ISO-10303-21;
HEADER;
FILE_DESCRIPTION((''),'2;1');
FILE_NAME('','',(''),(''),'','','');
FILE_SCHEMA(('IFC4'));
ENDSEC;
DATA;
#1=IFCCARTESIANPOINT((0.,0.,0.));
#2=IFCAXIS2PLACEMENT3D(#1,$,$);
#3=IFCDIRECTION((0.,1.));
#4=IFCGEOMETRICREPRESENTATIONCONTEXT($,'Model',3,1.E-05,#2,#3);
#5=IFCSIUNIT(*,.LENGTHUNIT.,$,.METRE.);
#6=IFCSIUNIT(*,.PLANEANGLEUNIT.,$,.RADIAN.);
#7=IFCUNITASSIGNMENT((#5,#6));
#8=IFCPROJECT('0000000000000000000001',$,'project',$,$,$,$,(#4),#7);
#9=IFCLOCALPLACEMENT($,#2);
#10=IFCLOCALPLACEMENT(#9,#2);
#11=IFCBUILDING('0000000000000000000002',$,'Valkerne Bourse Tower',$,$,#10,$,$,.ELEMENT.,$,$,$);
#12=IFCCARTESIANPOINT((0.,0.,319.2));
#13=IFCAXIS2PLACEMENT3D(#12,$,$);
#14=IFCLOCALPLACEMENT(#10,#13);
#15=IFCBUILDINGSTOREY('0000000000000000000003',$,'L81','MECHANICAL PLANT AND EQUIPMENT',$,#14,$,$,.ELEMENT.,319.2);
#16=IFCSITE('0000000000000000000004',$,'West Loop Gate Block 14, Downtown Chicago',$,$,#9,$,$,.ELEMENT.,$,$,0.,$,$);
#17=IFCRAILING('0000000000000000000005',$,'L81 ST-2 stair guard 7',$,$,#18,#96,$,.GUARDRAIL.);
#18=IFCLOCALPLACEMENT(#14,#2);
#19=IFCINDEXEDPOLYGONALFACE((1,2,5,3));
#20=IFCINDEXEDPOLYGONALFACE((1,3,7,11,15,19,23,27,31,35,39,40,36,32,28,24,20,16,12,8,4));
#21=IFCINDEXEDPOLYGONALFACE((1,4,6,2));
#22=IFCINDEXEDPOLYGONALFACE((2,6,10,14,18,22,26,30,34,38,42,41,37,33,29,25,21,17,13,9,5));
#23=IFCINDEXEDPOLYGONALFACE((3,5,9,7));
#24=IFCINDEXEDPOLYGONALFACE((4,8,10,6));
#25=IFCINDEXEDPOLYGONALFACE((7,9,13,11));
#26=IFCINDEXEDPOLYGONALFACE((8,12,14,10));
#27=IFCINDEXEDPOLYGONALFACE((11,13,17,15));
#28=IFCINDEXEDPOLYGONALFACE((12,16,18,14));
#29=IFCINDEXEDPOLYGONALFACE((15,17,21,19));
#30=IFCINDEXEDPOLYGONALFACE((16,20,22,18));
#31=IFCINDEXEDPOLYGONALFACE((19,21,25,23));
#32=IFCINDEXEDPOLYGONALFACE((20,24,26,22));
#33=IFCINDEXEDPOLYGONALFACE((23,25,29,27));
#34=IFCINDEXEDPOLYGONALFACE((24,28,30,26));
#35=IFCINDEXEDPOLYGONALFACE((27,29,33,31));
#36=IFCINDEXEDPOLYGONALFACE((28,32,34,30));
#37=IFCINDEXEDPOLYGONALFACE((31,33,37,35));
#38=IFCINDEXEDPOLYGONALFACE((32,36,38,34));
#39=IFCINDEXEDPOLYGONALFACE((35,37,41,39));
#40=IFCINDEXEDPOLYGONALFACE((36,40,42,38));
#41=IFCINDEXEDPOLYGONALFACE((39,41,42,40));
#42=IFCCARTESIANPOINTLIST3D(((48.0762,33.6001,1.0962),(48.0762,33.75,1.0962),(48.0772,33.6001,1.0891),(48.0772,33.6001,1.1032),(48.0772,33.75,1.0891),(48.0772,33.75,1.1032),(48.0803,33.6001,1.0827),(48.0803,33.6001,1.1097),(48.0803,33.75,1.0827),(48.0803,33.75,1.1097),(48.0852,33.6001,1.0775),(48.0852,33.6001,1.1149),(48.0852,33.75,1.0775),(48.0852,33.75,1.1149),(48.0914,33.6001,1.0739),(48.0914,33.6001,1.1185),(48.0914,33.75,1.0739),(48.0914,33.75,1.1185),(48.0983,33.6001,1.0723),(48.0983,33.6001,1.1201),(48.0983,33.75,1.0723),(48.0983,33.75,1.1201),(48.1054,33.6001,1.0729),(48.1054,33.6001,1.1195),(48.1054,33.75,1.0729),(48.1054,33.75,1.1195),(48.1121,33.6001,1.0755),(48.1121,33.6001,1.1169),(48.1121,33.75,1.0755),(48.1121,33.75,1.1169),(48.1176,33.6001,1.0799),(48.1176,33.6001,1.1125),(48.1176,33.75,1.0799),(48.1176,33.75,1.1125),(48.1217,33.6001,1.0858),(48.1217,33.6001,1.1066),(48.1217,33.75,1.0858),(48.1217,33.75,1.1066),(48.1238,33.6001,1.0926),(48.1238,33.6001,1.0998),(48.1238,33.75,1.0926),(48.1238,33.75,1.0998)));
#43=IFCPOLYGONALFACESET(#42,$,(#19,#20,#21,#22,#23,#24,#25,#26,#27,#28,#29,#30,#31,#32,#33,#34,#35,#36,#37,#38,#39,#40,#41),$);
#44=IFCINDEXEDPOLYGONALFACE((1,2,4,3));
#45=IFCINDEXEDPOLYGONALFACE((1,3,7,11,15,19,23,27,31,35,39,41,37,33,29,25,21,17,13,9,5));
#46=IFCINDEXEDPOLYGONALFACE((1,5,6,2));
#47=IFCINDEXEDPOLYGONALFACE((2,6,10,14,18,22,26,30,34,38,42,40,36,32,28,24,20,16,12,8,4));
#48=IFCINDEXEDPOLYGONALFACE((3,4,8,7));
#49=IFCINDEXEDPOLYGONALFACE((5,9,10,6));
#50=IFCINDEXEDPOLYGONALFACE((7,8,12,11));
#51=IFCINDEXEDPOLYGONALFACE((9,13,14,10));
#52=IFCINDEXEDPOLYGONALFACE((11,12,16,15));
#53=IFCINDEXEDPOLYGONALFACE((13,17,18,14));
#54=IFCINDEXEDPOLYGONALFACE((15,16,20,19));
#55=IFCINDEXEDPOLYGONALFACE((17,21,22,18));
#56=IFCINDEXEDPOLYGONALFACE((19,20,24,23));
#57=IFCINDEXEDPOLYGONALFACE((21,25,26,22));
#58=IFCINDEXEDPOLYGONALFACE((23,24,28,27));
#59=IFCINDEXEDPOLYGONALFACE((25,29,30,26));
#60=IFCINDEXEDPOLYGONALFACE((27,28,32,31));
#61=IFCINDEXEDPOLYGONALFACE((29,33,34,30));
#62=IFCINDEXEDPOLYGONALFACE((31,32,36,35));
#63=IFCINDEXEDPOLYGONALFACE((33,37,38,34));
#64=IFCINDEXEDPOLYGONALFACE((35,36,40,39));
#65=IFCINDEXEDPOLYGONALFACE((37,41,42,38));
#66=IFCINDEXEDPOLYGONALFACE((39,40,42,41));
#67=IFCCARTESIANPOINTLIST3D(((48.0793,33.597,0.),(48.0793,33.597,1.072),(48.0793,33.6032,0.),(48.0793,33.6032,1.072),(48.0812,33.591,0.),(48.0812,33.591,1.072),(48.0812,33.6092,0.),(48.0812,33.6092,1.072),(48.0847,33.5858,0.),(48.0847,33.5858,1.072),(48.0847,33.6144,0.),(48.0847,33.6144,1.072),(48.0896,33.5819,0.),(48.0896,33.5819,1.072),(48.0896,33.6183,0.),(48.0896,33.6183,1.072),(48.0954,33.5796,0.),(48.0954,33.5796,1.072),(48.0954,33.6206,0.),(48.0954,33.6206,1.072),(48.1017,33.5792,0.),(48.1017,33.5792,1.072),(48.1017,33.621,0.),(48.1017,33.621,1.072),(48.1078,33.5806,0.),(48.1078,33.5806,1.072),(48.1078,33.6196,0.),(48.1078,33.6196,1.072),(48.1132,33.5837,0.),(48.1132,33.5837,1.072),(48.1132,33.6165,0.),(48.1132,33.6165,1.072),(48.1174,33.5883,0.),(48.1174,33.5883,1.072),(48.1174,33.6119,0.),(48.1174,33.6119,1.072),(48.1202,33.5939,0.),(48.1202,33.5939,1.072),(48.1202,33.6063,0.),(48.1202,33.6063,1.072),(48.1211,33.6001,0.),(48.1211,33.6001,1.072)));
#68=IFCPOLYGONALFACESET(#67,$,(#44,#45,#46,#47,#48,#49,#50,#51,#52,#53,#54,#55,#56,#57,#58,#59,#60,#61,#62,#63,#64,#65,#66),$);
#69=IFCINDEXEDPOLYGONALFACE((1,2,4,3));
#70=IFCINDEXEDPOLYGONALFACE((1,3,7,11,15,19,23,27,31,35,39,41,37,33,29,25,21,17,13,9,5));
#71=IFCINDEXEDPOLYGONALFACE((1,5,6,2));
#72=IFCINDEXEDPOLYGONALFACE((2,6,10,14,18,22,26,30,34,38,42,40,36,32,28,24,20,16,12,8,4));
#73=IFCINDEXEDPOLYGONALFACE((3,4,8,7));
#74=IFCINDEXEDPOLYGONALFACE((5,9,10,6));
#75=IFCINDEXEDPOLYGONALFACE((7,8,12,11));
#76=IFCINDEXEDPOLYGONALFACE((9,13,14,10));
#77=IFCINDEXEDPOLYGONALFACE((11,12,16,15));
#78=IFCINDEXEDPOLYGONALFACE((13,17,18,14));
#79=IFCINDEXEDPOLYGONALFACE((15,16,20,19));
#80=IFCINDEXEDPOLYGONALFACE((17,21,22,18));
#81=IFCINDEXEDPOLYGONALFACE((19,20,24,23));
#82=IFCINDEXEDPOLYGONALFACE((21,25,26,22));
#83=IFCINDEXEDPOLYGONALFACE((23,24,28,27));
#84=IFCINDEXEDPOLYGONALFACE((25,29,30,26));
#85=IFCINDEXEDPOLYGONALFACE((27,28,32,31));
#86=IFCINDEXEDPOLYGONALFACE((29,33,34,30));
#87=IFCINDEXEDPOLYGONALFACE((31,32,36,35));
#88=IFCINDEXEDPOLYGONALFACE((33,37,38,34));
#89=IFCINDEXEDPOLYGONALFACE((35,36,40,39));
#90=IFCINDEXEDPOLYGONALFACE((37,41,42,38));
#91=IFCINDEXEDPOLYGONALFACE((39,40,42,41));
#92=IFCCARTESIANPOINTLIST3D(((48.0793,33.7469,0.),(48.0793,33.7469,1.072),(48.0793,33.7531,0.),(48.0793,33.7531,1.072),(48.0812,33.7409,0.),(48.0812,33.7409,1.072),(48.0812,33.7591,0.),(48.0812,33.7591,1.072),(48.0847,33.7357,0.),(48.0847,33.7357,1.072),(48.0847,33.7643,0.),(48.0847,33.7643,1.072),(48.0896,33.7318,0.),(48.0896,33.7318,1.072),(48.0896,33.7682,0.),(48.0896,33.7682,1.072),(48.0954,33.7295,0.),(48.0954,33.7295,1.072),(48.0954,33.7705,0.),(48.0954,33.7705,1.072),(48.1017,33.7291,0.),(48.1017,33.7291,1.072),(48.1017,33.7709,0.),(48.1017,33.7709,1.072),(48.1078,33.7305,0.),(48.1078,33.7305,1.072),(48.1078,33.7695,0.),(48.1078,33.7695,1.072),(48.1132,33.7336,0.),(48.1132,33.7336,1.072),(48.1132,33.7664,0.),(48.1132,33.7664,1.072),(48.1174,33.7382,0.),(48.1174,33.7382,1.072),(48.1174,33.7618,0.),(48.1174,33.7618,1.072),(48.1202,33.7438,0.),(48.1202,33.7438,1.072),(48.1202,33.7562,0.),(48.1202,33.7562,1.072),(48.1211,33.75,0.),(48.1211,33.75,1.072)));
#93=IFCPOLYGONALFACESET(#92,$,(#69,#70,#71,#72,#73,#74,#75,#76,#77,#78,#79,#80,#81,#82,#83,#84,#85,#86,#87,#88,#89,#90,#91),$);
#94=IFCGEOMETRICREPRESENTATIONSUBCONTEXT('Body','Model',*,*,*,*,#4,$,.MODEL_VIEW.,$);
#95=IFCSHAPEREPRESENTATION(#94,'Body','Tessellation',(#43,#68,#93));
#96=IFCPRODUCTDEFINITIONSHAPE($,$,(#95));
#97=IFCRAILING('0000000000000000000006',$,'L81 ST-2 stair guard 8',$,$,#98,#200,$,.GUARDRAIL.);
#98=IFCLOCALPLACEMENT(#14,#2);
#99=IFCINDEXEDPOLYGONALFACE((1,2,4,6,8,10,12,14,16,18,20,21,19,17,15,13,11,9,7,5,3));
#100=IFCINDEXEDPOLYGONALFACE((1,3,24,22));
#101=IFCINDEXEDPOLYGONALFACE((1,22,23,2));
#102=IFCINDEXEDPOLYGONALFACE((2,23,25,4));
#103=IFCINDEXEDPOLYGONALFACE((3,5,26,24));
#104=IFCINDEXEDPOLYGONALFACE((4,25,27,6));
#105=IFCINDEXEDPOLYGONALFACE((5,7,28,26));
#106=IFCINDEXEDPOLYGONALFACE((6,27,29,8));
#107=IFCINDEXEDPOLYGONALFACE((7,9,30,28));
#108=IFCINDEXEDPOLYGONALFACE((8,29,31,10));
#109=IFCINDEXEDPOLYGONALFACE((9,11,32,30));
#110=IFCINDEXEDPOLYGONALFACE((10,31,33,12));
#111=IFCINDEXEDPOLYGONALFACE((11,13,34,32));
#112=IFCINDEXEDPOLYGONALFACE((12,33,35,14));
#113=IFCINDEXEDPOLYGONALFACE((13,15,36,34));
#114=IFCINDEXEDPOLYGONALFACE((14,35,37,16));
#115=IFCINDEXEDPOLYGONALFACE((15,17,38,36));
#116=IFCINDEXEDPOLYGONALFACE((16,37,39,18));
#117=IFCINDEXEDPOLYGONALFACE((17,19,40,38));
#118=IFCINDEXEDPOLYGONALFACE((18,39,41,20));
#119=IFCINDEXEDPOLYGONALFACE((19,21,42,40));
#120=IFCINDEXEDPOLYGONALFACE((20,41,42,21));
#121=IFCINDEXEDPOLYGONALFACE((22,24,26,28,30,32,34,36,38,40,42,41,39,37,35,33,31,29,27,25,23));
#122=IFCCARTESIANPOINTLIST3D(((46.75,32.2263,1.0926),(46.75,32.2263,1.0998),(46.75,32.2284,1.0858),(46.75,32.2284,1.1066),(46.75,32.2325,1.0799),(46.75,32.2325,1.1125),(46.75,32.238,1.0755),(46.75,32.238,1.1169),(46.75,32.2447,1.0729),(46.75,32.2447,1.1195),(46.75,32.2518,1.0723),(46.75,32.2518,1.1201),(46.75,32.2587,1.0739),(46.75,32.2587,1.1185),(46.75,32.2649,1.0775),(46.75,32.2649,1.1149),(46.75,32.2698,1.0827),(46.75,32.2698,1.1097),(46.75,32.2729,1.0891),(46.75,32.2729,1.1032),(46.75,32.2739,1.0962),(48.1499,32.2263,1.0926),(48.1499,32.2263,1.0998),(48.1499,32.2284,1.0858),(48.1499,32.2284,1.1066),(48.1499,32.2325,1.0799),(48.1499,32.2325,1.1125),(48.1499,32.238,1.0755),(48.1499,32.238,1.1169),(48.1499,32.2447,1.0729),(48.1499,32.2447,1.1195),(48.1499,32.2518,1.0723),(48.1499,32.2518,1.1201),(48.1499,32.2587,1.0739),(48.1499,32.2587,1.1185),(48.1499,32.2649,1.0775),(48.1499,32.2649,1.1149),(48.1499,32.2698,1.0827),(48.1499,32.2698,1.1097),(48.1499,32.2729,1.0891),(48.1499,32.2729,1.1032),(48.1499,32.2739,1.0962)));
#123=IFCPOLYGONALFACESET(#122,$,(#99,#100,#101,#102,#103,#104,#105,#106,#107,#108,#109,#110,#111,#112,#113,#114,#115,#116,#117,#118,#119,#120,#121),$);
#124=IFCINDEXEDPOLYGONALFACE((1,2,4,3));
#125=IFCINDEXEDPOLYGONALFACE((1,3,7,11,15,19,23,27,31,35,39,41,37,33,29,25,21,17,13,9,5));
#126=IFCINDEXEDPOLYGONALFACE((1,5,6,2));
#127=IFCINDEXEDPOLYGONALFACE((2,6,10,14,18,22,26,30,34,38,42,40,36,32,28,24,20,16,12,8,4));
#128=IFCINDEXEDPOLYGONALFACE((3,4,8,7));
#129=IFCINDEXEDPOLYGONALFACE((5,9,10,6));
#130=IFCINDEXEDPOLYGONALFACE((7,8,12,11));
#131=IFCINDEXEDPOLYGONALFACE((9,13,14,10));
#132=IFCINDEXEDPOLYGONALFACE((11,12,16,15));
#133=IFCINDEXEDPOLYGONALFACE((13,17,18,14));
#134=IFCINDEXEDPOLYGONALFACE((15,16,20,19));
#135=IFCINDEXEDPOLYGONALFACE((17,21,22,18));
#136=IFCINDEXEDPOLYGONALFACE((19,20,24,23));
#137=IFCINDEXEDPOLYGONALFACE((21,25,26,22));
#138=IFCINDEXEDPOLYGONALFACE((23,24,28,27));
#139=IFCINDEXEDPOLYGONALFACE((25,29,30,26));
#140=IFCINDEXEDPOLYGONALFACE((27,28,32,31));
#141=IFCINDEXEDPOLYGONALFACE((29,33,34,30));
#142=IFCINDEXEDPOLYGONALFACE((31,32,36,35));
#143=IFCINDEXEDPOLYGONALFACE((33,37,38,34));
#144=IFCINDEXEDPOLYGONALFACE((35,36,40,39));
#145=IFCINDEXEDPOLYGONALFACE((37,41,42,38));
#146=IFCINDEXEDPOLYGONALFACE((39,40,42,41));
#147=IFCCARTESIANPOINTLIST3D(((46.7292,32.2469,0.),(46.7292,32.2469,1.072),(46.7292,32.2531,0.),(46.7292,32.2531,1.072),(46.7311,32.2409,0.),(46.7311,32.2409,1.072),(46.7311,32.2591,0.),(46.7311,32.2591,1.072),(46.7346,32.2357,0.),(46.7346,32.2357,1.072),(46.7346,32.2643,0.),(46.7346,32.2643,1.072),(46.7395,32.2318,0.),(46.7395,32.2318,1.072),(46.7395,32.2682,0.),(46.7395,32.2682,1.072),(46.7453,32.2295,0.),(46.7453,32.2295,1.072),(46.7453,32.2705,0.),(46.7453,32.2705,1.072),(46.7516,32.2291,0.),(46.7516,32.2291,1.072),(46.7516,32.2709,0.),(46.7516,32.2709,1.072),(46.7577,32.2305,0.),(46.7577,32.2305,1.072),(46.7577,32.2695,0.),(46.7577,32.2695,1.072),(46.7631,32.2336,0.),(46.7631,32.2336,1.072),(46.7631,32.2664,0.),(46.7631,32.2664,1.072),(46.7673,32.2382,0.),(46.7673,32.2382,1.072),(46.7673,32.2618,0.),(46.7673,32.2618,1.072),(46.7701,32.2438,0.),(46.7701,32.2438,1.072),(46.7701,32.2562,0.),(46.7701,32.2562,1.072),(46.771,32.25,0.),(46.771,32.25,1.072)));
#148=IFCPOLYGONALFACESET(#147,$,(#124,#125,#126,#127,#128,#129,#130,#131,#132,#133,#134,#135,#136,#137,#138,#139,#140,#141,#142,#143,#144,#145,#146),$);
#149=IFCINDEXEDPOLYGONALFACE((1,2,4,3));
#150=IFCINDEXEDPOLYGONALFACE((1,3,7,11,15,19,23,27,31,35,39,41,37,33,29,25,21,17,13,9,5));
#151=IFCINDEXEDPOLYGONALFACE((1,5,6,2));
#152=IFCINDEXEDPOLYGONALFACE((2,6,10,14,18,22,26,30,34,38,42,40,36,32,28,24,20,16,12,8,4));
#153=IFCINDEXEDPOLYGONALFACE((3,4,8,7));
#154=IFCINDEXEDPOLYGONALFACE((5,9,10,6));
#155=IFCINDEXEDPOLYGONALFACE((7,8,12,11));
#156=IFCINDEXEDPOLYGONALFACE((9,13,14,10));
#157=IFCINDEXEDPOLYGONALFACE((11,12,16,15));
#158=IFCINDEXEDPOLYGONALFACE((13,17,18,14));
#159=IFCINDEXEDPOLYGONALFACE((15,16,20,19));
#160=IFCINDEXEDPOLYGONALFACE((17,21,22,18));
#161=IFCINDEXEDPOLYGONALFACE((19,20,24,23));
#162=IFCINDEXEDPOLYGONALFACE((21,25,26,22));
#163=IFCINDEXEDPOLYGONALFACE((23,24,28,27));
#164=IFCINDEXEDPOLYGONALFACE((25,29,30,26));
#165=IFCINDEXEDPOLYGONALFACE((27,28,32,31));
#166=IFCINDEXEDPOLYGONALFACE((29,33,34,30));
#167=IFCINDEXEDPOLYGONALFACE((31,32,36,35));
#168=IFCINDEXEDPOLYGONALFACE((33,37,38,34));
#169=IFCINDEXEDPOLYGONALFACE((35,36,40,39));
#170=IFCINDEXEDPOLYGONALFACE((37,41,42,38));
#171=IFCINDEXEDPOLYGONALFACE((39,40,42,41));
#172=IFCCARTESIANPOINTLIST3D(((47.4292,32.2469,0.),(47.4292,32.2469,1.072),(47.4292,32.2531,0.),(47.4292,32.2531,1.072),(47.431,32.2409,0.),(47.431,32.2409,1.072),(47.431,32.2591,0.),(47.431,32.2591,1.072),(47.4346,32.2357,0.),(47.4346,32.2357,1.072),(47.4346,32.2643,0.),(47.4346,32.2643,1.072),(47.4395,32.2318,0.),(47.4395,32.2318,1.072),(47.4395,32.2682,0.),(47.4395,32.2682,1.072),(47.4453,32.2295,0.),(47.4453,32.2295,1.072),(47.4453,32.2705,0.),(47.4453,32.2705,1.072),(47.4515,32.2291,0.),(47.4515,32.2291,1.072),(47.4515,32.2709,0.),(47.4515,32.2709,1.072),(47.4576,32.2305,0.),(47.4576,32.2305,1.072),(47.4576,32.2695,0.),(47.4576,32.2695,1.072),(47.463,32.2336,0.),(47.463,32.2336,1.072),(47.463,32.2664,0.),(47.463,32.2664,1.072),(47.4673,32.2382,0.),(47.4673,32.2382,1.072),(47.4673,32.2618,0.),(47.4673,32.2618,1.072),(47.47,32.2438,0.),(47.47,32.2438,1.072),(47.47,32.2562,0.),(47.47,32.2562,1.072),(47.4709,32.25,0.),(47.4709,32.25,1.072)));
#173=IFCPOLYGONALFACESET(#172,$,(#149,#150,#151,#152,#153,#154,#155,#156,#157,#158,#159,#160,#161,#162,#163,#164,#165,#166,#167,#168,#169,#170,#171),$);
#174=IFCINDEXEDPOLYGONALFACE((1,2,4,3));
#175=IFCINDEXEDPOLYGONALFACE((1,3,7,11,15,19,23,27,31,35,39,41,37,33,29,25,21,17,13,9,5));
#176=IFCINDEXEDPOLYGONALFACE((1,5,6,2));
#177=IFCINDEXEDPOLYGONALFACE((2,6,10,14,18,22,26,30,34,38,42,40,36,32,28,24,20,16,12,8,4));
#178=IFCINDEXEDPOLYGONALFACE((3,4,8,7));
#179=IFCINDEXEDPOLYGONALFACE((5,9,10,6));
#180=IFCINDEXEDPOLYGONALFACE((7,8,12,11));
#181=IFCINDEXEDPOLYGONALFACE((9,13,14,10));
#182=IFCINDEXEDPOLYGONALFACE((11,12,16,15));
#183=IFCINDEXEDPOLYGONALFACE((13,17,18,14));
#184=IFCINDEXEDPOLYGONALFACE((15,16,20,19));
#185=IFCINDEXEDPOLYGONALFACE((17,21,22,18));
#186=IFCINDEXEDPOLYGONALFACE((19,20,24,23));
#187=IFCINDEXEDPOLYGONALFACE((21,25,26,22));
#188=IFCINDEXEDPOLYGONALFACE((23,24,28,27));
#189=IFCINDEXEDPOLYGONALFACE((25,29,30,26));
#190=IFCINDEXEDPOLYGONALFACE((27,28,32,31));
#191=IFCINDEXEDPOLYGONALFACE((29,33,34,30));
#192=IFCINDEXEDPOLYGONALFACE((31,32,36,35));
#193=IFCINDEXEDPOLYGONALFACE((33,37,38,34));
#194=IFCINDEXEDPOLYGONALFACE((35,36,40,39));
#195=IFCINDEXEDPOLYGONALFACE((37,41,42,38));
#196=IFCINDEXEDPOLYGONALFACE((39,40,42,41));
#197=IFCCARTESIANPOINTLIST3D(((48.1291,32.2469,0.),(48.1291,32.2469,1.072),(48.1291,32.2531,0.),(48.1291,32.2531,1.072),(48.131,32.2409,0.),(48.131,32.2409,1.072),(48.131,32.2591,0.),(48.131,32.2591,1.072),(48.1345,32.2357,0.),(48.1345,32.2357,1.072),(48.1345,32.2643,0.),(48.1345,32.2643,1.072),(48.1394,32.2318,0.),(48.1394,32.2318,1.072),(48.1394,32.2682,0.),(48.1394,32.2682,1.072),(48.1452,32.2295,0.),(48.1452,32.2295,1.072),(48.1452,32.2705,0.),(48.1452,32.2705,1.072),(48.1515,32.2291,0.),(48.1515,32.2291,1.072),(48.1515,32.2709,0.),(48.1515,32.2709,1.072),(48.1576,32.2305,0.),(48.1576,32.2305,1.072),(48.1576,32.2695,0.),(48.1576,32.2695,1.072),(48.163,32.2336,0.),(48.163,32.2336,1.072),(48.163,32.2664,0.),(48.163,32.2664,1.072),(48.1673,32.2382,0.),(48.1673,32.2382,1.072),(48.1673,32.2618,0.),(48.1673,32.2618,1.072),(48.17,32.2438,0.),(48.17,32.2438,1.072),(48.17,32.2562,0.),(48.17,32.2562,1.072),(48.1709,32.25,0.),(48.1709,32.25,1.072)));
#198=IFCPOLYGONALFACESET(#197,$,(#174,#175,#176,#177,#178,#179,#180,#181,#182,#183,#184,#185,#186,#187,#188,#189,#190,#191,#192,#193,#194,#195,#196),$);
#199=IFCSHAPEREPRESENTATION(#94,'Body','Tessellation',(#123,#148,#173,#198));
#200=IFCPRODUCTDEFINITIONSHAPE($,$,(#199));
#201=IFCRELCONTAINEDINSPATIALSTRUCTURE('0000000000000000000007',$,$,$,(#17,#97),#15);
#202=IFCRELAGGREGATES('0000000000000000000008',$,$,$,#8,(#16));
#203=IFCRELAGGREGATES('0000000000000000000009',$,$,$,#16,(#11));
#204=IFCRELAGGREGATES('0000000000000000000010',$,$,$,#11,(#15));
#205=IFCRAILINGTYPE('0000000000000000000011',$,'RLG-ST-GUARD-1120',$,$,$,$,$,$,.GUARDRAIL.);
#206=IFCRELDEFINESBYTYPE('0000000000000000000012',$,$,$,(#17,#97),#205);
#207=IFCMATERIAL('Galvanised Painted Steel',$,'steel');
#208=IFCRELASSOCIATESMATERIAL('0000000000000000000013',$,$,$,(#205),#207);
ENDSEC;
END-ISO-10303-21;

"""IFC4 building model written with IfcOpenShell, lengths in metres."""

from ifc_helpers import new_model, si_unit, direction, frame, origin, origin_2d, place, context, subcontext, project, spatial, circle, extrude, material, type_object, element, save


model = new_model("IFC4")

# Units and contexts
model_context = context("Model", 3, precision=1e-05, world=origin(), true_north=direction((0.0, 1.0)))
body_context = subcontext(model_context, "Body", "Model", "MODEL_VIEW")
ifc_project = project(units=[si_unit("LENGTHUNIT", "METRE"), si_unit("PLANEANGLEUNIT", "RADIAN")], contexts=[model_context])

# Site, building, storey
site_placement = place(None, origin())
site = spatial("IfcSite", under=ifc_project, at=site_placement, Name="West Loop Gate Block 14, Downtown Chicago", CompositionType="ELEMENT", RefElevation=0.0)
building_placement = place(site_placement, origin())
building = spatial("IfcBuilding", under=site, at=building_placement, Name="Valkerne Bourse Tower", CompositionType="ELEMENT")
storey_placement = place(building_placement, frame((0.0, 0.0, 319.2)))
storey = spatial("IfcBuildingStorey", under=building, at=storey_placement, Name="L81", Description="MECHANICAL PLANT AND EQUIPMENT", CompositionType="ELEMENT", Elevation=319.2)

# Shared definitions
ifc_material_1 = material(Name="Galvanised Painted Steel", Category="steel")

# Railings
railing_type_1 = type_object("IfcRailingType", Name="RLG-ST-GUARD-1120", PredefinedType="GUARDRAIL", material=ifc_material_1)
railing_1_placement = place(storey_placement, frame((48.1001, 33.6001, 0.0)))
element("IfcRailing", 1, at=railing_1_placement, inside=storey, type_object=railing_type_1, Name="L81 ST-2 stair guard 7", PredefinedType="GUARDRAIL", context=body_context, shape_type="SweptSolid", body=[
    extrude(circle(Radius=0.0239, at=origin_2d()), frame((0.0, 0.0, 1.0962), z_axis=(0.0, 1.0, 0.0), x_axis=(-1.0, 0.0, 0.0)), (0.0, 0.0, 1.0), 0.1499),
    extrude(circle(Radius=0.021, at=origin_2d()), origin(), (0.0, 0.0, 1.0), 1.072),
    extrude(circle(Radius=0.021, at=origin_2d()), frame((0.0, 0.1499, 0.0)), (0.0, 0.0, 1.0), 1.072),
])
for number, where, name in (
    (2, (46.75, 32.25, 0.0), "L81 ST-2 stair guard 8"),
):
    element("IfcRailing", number, at=place(storey_placement, frame(where)), inside=storey, type_object=railing_type_1, Name=name, PredefinedType="GUARDRAIL", context=body_context, shape_type="SweptSolid", body=[
        extrude(circle(Radius=0.0239, at=origin_2d()), frame((0.0, 0.0, 1.0962), z_axis=(1.0, 0.0, 0.0), x_axis=(0.0, 1.0, 0.0)), (0.0, 0.0, 1.0), 1.3999),
        extrude(circle(Radius=0.021, at=origin_2d()), origin(), (0.0, 0.0, 1.0), 1.072),
        extrude(circle(Radius=0.021, at=origin_2d()), frame((0.7, 0.0, 0.0)), (0.0, 0.0, 1.0), 1.072),
        extrude(circle(Radius=0.021, at=origin_2d()), frame((1.3999, 0.0, 0.0)), (0.0, 0.0, 1.0), 1.072),
    ])

save(model, "model.ifc")
